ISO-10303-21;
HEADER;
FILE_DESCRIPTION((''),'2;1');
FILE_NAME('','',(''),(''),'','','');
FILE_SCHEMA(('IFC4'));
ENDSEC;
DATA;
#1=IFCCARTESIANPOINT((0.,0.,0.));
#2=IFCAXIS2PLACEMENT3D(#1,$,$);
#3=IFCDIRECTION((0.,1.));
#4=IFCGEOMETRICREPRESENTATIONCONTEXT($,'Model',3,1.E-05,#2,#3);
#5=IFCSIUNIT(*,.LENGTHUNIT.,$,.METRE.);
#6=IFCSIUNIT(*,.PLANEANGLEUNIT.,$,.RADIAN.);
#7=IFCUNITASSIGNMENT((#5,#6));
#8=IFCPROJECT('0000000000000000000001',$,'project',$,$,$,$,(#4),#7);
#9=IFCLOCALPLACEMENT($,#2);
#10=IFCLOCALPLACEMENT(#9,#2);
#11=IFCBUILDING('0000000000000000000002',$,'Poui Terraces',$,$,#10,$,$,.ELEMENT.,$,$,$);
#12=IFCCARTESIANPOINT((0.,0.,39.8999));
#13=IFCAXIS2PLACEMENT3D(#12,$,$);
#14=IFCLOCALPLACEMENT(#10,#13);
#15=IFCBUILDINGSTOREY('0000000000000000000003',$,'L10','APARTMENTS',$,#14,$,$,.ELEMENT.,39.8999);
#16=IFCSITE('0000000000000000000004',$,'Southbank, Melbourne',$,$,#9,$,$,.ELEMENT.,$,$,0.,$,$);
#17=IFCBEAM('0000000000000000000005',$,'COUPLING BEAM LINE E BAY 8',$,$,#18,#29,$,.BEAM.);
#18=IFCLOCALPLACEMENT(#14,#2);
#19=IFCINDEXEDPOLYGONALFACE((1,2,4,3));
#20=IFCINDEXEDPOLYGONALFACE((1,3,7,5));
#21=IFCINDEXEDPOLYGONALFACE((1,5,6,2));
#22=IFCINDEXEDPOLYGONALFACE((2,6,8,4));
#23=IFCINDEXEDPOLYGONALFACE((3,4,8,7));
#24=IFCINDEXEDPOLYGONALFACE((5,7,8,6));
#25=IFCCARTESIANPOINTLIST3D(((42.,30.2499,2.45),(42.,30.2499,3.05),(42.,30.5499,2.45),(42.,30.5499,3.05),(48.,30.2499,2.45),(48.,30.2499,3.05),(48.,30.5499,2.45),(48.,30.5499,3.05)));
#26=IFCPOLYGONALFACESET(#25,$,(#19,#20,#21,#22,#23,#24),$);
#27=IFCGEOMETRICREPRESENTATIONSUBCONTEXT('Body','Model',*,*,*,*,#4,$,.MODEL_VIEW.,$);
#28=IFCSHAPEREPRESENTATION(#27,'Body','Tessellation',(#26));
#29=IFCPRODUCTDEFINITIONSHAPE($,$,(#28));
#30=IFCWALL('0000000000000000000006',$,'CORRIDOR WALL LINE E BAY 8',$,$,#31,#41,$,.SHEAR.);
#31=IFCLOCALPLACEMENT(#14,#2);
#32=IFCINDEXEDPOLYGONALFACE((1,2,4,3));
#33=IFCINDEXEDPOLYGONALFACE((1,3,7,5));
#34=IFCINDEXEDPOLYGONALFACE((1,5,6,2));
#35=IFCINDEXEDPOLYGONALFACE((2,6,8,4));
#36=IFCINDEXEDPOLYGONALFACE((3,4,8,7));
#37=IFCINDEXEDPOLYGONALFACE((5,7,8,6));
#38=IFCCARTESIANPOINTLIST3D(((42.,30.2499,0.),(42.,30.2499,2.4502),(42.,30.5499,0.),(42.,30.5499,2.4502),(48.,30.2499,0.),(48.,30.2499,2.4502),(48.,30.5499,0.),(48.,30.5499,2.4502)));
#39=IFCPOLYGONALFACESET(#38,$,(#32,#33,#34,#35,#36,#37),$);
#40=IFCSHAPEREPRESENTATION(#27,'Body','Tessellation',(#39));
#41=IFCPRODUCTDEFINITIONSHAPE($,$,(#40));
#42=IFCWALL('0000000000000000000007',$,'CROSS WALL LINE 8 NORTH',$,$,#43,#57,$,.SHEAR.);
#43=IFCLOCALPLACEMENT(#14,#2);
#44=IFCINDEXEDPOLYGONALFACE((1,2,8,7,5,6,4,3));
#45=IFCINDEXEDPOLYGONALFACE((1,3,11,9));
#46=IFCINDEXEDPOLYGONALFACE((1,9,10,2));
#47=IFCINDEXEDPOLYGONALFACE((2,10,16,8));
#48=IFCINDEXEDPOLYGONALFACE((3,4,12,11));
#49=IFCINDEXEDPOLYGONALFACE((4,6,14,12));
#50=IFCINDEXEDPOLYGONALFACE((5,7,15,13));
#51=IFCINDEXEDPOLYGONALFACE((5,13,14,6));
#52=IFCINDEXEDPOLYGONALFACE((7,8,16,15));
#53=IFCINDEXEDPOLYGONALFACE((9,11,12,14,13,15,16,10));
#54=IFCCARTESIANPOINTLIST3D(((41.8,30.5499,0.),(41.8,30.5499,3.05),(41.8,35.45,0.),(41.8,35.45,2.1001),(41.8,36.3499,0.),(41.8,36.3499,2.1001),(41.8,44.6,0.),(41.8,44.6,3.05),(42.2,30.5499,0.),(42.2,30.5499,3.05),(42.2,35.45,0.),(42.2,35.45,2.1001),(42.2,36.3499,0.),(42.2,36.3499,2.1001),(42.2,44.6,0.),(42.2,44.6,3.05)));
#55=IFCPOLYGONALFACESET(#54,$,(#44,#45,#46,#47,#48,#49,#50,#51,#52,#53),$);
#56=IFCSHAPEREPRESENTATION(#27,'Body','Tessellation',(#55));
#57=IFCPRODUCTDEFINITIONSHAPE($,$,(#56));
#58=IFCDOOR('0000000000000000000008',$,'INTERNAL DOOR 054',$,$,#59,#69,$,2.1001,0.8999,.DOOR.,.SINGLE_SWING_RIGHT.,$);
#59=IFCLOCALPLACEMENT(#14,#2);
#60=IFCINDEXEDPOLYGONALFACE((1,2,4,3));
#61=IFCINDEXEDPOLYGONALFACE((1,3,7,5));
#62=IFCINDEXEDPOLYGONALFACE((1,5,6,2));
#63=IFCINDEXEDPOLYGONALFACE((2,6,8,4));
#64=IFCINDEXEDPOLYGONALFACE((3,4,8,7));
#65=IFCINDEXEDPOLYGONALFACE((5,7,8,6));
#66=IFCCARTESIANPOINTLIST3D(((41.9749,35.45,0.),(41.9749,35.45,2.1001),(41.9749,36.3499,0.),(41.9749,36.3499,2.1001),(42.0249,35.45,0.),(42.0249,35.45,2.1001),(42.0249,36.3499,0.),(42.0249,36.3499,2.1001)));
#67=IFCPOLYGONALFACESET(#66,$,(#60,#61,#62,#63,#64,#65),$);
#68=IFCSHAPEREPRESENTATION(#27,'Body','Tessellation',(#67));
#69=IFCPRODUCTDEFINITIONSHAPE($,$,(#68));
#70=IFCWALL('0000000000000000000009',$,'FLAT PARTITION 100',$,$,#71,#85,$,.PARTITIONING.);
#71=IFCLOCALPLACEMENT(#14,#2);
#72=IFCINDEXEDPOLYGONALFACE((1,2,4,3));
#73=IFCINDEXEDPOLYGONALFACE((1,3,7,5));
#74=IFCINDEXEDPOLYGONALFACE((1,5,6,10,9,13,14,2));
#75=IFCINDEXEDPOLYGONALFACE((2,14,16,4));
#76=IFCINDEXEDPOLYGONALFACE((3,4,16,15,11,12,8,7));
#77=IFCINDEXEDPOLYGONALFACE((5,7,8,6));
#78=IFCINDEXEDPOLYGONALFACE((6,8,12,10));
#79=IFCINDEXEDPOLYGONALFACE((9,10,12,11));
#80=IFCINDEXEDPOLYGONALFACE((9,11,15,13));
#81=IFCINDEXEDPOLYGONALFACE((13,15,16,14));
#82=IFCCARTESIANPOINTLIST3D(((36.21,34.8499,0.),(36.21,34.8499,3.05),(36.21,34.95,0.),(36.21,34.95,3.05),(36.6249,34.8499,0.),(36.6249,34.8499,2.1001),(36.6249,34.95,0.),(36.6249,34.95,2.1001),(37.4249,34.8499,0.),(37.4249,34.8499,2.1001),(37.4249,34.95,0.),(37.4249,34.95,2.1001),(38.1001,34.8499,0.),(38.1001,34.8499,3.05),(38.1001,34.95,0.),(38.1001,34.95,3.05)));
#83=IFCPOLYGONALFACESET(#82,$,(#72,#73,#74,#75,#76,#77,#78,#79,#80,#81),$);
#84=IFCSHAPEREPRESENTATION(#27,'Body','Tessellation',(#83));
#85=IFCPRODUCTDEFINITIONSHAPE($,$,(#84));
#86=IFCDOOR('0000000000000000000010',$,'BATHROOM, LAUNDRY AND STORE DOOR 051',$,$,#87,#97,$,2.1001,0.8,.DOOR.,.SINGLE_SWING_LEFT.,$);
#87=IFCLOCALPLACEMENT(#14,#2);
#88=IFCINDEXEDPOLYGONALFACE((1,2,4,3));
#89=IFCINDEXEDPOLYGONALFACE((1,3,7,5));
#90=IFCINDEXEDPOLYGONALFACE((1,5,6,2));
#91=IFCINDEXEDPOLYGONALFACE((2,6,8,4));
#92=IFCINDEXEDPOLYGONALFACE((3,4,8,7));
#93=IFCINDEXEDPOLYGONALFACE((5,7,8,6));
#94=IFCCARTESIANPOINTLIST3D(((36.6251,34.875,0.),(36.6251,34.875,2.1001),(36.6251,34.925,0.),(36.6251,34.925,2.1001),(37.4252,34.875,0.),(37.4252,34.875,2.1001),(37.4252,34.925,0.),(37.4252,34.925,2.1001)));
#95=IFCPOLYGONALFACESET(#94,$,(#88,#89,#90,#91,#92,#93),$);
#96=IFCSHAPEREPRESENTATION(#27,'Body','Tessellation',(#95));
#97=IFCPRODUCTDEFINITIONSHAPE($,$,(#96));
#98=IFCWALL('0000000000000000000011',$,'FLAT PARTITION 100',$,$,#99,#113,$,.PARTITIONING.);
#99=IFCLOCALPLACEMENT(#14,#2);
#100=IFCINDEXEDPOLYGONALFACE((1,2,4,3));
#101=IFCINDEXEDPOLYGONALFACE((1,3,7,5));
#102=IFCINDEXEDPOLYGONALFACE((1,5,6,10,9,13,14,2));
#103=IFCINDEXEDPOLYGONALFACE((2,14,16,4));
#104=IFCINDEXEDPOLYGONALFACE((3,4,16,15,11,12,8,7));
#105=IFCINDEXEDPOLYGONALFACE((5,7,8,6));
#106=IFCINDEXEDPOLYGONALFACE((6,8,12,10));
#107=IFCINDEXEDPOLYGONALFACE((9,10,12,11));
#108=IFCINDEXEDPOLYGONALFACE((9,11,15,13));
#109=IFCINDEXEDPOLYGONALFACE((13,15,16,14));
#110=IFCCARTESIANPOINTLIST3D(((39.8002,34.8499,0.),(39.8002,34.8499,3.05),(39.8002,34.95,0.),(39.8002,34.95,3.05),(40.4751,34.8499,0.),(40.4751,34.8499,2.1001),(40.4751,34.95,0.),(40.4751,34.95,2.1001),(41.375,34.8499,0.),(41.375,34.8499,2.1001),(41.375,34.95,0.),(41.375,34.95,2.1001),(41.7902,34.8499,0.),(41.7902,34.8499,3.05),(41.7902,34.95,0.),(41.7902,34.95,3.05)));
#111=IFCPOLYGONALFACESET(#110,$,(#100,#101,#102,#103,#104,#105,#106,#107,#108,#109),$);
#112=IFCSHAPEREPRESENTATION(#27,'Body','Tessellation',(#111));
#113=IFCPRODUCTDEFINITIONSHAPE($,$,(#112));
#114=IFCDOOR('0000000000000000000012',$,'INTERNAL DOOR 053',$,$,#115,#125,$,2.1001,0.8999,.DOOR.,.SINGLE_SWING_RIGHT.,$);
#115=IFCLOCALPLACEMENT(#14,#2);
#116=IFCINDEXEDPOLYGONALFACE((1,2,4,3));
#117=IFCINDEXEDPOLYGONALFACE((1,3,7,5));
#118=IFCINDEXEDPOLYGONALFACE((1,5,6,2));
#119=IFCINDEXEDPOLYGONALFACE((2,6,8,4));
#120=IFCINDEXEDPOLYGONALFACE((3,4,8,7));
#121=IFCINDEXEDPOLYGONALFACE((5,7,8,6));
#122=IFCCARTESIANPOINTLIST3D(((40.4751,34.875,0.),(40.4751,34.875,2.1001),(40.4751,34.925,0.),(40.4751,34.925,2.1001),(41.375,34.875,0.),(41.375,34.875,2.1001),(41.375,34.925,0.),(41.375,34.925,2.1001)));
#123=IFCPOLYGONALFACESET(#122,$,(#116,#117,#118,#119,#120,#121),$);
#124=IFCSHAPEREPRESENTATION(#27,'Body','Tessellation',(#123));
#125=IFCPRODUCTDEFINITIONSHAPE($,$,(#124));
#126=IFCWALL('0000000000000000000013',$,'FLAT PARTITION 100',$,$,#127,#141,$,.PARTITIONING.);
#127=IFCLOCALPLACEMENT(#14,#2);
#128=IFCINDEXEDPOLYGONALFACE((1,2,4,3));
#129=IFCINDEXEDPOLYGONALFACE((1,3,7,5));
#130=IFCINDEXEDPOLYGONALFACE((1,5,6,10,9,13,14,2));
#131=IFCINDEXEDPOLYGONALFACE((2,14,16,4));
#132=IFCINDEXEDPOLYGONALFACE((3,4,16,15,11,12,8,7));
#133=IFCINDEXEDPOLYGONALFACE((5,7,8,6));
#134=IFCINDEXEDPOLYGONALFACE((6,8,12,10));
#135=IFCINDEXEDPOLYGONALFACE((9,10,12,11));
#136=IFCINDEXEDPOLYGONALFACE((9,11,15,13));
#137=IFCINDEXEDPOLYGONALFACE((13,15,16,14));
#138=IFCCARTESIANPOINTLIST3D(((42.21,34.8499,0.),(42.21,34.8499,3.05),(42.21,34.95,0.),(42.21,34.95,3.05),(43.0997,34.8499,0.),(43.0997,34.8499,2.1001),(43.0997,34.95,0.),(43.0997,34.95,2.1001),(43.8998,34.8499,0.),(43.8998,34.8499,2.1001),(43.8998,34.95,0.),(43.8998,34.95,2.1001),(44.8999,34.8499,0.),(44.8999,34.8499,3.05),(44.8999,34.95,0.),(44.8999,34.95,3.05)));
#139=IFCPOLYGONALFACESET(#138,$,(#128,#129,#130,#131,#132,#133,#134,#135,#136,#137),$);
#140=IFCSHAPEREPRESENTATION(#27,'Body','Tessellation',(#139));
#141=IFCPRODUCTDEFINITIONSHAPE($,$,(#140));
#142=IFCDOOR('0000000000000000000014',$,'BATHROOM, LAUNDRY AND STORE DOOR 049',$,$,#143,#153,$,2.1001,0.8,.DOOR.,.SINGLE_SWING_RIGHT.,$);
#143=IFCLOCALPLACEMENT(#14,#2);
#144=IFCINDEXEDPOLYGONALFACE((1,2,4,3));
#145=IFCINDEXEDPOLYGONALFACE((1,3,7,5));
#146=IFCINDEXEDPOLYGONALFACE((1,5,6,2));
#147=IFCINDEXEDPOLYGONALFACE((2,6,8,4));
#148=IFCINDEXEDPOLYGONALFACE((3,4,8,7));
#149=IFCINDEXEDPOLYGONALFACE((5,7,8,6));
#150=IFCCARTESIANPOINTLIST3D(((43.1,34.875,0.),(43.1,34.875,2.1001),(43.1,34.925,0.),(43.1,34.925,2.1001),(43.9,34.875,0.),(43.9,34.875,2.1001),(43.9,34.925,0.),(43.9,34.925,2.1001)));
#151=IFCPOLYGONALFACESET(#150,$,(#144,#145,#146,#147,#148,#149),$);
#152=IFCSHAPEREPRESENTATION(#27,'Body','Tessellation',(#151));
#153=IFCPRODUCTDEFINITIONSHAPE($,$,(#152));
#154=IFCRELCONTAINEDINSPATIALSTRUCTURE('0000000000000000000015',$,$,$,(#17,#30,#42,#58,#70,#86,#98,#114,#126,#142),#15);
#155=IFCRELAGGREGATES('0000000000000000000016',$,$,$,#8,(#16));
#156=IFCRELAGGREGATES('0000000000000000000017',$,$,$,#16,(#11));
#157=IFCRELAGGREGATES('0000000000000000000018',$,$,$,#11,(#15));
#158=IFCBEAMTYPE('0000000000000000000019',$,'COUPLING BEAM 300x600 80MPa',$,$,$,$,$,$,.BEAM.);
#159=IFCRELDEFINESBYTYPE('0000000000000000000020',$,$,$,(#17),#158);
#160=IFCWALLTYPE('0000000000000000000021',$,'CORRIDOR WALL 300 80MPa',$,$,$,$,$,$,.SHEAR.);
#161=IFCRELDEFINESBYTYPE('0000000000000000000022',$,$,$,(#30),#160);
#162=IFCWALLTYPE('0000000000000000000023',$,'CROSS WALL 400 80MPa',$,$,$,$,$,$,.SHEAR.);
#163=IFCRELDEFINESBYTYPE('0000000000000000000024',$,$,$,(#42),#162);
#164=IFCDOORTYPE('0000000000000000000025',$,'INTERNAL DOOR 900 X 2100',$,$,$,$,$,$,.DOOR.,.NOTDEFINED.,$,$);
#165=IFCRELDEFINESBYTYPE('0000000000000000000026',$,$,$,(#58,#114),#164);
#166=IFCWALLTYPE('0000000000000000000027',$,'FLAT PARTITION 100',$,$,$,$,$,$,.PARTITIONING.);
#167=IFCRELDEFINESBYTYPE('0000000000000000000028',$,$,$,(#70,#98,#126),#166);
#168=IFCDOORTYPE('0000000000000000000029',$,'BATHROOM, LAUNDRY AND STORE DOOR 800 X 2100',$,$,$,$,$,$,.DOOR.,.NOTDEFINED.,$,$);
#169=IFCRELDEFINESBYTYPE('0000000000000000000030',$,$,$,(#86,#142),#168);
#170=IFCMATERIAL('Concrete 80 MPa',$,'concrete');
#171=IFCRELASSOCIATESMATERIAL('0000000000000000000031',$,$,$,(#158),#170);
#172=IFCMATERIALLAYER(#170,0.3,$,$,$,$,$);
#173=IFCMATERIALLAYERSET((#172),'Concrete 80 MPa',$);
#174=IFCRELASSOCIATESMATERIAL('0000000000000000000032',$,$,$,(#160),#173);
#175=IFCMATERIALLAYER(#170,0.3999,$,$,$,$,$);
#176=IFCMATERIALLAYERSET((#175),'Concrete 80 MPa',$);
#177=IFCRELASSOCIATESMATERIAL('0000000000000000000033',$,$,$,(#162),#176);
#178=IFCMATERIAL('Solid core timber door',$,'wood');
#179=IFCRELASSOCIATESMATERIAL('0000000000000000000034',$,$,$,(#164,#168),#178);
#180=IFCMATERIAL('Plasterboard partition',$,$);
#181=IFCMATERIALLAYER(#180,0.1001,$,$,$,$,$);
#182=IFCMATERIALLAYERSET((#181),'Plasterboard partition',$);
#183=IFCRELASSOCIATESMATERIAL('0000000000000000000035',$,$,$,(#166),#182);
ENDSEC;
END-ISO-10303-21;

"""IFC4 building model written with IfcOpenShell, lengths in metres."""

from ifc_helpers import new_model, si_unit, direction, frame, frame_2d, origin, origin_2d, place, context, subcontext, project, spatial, rectangle, extrude, source, transform, mapped, material, layer, layer_set, material_profile, profile_set, type_object, element, fill, save


model = new_model("IFC4")

# Units and contexts
model_context = context("Model", 3, precision=1e-05, world=origin(), true_north=direction((0.0, 1.0)))
body_context = subcontext(model_context, "Body", "Model", "MODEL_VIEW")
ifc_project = project(units=[si_unit("LENGTHUNIT", "METRE"), si_unit("PLANEANGLEUNIT", "RADIAN")], contexts=[model_context])

# Site, building, storey
site_placement = place(None, origin())
site = spatial("IfcSite", under=ifc_project, at=site_placement, Name="Southbank, Melbourne", CompositionType="ELEMENT", RefElevation=0.0)
building_placement = place(site_placement, origin())
building = spatial("IfcBuilding", under=site, at=building_placement, Name="Poui Terraces", CompositionType="ELEMENT")
storey_placement = place(building_placement, frame((0.0, 0.0, 39.8999)))
storey = spatial("IfcBuildingStorey", under=building, at=storey_placement, Name="L10", Description="APARTMENTS", CompositionType="ELEMENT", Elevation=39.8999)

# Beam
ifc_material_1 = material(Name="Concrete 80 MPa", Category="concrete")
ifc_material_profile_1 = material_profile(ifc_material_1, rectangle(XDim=0.3, YDim=0.6001, at=origin_2d()), Name="RC 300x600")
ifc_profile_set_1 = profile_set([ifc_material_profile_1], Name="Concrete 80 MPa")
beam_type = type_object("IfcBeamType", Name="COUPLING BEAM 300x600 80MPa", PredefinedType="BEAM", material=ifc_profile_set_1)
shared_shape_1 = source(origin(), body_context, "Body", "SweptSolid", [
    extrude(rectangle(XDim=0.3, YDim=0.6001, at=origin_2d()), origin(), (0.0, 0.0, 1.0), 6.0),
])
beam_placement = place(storey_placement, frame((42.0, 30.3999, 2.75), z_axis=(1.0, 0.0, 0.0), x_axis=(0.0, 1.0, 0.0)))
element("IfcBeam", 1, at=beam_placement, inside=storey, type_object=beam_type, Name="COUPLING BEAM LINE E BAY 8", PredefinedType="BEAM", context=body_context, shape_type="MappedRepresentation", body=[
    mapped(shared_shape_1, transform((0.0, 0.0, 0.0))),
])

# Wall
ifc_layer_1 = layer(ifc_material_1, 0.3)
ifc_layer_set_1 = layer_set([ifc_layer_1], Name="Concrete 80 MPa")
wall_type_1 = type_object("IfcWallType", Name="CORRIDOR WALL 300 80MPa", PredefinedType="SHEAR", material=ifc_layer_set_1)
wall_1_placement = place(storey_placement, frame((42.0, 30.3999, 0.0), z_axis=(0.0, 0.0, 1.0), x_axis=(1.0, 0.0, 0.0)))
element("IfcWall", 2, at=wall_1_placement, inside=storey, type_object=wall_type_1, Name="CORRIDOR WALL LINE E BAY 8", PredefinedType="SHEAR", context=body_context, shape_type="SweptSolid", body=[
    extrude(rectangle(XDim=6.0, YDim=0.3, at=frame_2d((3.0, 0.0))), origin(), (0.0, 0.0, 1.0), 2.4502),
])

# Walls, openings, doors
ifc_layer_2 = layer(ifc_material_1, 0.3999)
ifc_layer_set_2 = layer_set([ifc_layer_2], Name="Concrete 80 MPa")
wall_type_2 = type_object("IfcWallType", Name="CROSS WALL 400 80MPa", PredefinedType="SHEAR", material=ifc_layer_set_2)
wall_2_placement = place(storey_placement, frame((42.0, 30.55, 0.0), z_axis=(0.0, 0.0, 1.0), x_axis=(0.0, 1.0, 0.0)))
wall_2 = element("IfcWall", 3, at=wall_2_placement, inside=storey, type_object=wall_type_2, Name="CROSS WALL LINE 8 NORTH", PredefinedType="SHEAR", context=body_context, shape_type="SweptSolid", body=[
    extrude(rectangle(XDim=14.05, YDim=0.3999, at=frame_2d((7.0249, 0.0))), origin(), (0.0, 0.0, 1.0), 3.05),
])
opening_1_placement = place(wall_2_placement, frame((4.8999, 0.0, 0.0)))
opening_1 = element("IfcOpeningElement", 4, at=opening_1_placement, cuts=wall_2, PredefinedType="OPENING", context=body_context, shape_type="SweptSolid", body=[
    extrude(rectangle(XDim=0.8999, YDim=2.1001, at=frame_2d((0.45, 1.05))), frame((0.0, 0.21, 0.0), z_axis=(0.0, -1.0, 0.0), x_axis=(1.0, 0.0, 0.0)), (0.0, 0.0, 1.0), 0.4199),
])
ifc_material_2 = material(Name="Solid core timber door", Category="wood")
door_type_1 = type_object("IfcDoorType", Name="INTERNAL DOOR 900 X 2100", OperationType="NOTDEFINED", PredefinedType="DOOR", material=ifc_material_2)
door_1_placement = place(opening_1_placement, frame((0.8999, 0.0, 0.0), z_axis=(0.0, 0.0, 1.0), x_axis=(-1.0, 0.0, 0.0)))
door_1 = element("IfcDoor", 5, at=door_1_placement, inside=storey, type_object=door_type_1, Name="INTERNAL DOOR 054", OperationType="SINGLE_SWING_RIGHT", OverallHeight=2.1001, OverallWidth=0.8999, PredefinedType="DOOR", context=body_context, shape_type="SweptSolid", body=[
    extrude(rectangle(XDim=0.8999, YDim=2.1001, at=frame_2d((0.45, 1.05))), frame((0.0, 0.0249, 0.0), z_axis=(0.0, -1.0, 0.0), x_axis=(1.0, 0.0, 0.0)), (0.0, 0.0, 1.0), 0.05),
])
fill(opening_1, door_1)
ifc_material_3 = material(Name="Plasterboard partition")
ifc_layer_3 = layer(ifc_material_3, 0.1001)
ifc_layer_set_3 = layer_set([ifc_layer_3], Name="Plasterboard partition")
wall_type_3 = type_object("IfcWallType", Name="FLAT PARTITION 100", PredefinedType="PARTITIONING", material=ifc_layer_set_3)
wall_3_placement = place(storey_placement, frame((36.21, 34.8999, 0.0), z_axis=(0.0, 0.0, 1.0), x_axis=(1.0, 0.0, 0.0)))
wall_3 = element("IfcWall", 6, at=wall_3_placement, inside=storey, type_object=wall_type_3, Name="FLAT PARTITION 100", PredefinedType="PARTITIONING", context=body_context, shape_type="SweptSolid", body=[
    extrude(rectangle(XDim=1.8901, YDim=0.1001, at=frame_2d((0.9451, 0.0))), origin(), (0.0, 0.0, 1.0), 3.05),
])
opening_2_placement = place(wall_3_placement, frame((0.415, 0.0, 0.0)))
opening_2 = element("IfcOpeningElement", 7, at=opening_2_placement, cuts=wall_3, PredefinedType="OPENING", context=body_context, shape_type="SweptSolid", body=[
    extrude(rectangle(XDim=0.8, YDim=2.1001, at=frame_2d((0.3999, 1.05))), frame((0.0, 0.0601, 0.0), z_axis=(0.0, -1.0, 0.0), x_axis=(1.0, 0.0, 0.0)), (0.0, 0.0, 1.0), 0.1201),
])
door_type_2 = type_object("IfcDoorType", Name="BATHROOM, LAUNDRY AND STORE DOOR 800 X 2100", OperationType="NOTDEFINED", PredefinedType="DOOR", material=ifc_material_2)
door_2_placement = place(opening_2_placement, frame((0.8, 0.0, 0.0), z_axis=(0.0, 0.0, 1.0), x_axis=(-1.0, 0.0, 0.0)))
door_2 = element("IfcDoor", 8, at=door_2_placement, inside=storey, type_object=door_type_2, Name="BATHROOM, LAUNDRY AND STORE DOOR 051", OperationType="SINGLE_SWING_LEFT", OverallHeight=2.1001, OverallWidth=0.8, PredefinedType="DOOR", context=body_context, shape_type="SweptSolid", body=[
    extrude(rectangle(XDim=0.8, YDim=2.1001, at=frame_2d((0.3999, 1.05))), frame((0.0, 0.0249, 0.0), z_axis=(0.0, -1.0, 0.0), x_axis=(1.0, 0.0, 0.0)), (0.0, 0.0, 1.0), 0.05),
])
fill(opening_2, door_2)
wall_4_placement = place(storey_placement, frame((39.8, 34.8999, 0.0), z_axis=(0.0, 0.0, 1.0), x_axis=(1.0, 0.0, 0.0)))
wall_4 = element("IfcWall", 9, at=wall_4_placement, inside=storey, type_object=wall_type_3, Name="FLAT PARTITION 100", PredefinedType="PARTITIONING", context=body_context, shape_type="SweptSolid", body=[
    extrude(rectangle(XDim=1.99, YDim=0.1001, at=frame_2d((0.9951, 0.0))), origin(), (0.0, 0.0, 1.0), 3.05),
])
opening_3_placement = place(wall_4_placement, frame((0.675, 0.0, 0.0)))
opening_3 = element("IfcOpeningElement", 10, at=opening_3_placement, cuts=wall_4, PredefinedType="OPENING", context=body_context, shape_type="SweptSolid", body=[
    extrude(rectangle(XDim=0.8999, YDim=2.1001, at=frame_2d((0.45, 1.05))), frame((0.0, 0.0601, 0.0), z_axis=(0.0, -1.0, 0.0), x_axis=(1.0, 0.0, 0.0)), (0.0, 0.0, 1.0), 0.1201),
])
door_3_placement = place(opening_3_placement, frame((0.8999, 0.0, 0.0), z_axis=(0.0, 0.0, 1.0), x_axis=(-1.0, 0.0, 0.0)))
door_3 = element("IfcDoor", 11, at=door_3_placement, inside=storey, type_object=door_type_1, Name="INTERNAL DOOR 053", OperationType="SINGLE_SWING_RIGHT", OverallHeight=2.1001, OverallWidth=0.8999, PredefinedType="DOOR", context=body_context, shape_type="SweptSolid", body=[
    extrude(rectangle(XDim=0.8999, YDim=2.1001, at=frame_2d((0.45, 1.05))), frame((0.0, 0.0249, 0.0), z_axis=(0.0, -1.0, 0.0), x_axis=(1.0, 0.0, 0.0)), (0.0, 0.0, 1.0), 0.05),
])
fill(opening_3, door_3)
wall_5_placement = place(storey_placement, frame((42.21, 34.8999, 0.0), z_axis=(0.0, 0.0, 1.0), x_axis=(1.0, 0.0, 0.0)))
wall_5 = element("IfcWall", 12, at=wall_5_placement, inside=storey, type_object=wall_type_3, Name="FLAT PARTITION 100", PredefinedType="PARTITIONING", context=body_context, shape_type="SweptSolid", body=[
    extrude(rectangle(XDim=2.6899, YDim=0.1001, at=frame_2d((1.345, 0.0))), origin(), (0.0, 0.0, 1.0), 3.05),
])
opening_4_placement = place(wall_5_placement, frame((0.8899, 0.0, 0.0)))
opening_4 = element("IfcOpeningElement", 13, at=opening_4_placement, cuts=wall_5, PredefinedType="OPENING", context=body_context, shape_type="SweptSolid", body=[
    extrude(rectangle(XDim=0.8, YDim=2.1001, at=frame_2d((0.3999, 1.05))), frame((0.0, 0.0601, 0.0), z_axis=(0.0, -1.0, 0.0), x_axis=(1.0, 0.0, 0.0)), (0.0, 0.0, 1.0), 0.1201),
])
door_4_placement = place(opening_4_placement, frame((0.8, 0.0, 0.0), z_axis=(0.0, 0.0, 1.0), x_axis=(-1.0, 0.0, 0.0)))
door_4 = element("IfcDoor", 14, at=door_4_placement, inside=storey, type_object=door_type_2, Name="BATHROOM, LAUNDRY AND STORE DOOR 049", OperationType="SINGLE_SWING_RIGHT", OverallHeight=2.1001, OverallWidth=0.8, PredefinedType="DOOR", context=body_context, shape_type="SweptSolid", body=[
    extrude(rectangle(XDim=0.8, YDim=2.1001, at=frame_2d((0.3999, 1.05))), frame((0.0, 0.0249, 0.0), z_axis=(0.0, -1.0, 0.0), x_axis=(1.0, 0.0, 0.0)), (0.0, 0.0, 1.0), 0.05),
])
fill(opening_4, door_4)

save(model, "model.ifc")
